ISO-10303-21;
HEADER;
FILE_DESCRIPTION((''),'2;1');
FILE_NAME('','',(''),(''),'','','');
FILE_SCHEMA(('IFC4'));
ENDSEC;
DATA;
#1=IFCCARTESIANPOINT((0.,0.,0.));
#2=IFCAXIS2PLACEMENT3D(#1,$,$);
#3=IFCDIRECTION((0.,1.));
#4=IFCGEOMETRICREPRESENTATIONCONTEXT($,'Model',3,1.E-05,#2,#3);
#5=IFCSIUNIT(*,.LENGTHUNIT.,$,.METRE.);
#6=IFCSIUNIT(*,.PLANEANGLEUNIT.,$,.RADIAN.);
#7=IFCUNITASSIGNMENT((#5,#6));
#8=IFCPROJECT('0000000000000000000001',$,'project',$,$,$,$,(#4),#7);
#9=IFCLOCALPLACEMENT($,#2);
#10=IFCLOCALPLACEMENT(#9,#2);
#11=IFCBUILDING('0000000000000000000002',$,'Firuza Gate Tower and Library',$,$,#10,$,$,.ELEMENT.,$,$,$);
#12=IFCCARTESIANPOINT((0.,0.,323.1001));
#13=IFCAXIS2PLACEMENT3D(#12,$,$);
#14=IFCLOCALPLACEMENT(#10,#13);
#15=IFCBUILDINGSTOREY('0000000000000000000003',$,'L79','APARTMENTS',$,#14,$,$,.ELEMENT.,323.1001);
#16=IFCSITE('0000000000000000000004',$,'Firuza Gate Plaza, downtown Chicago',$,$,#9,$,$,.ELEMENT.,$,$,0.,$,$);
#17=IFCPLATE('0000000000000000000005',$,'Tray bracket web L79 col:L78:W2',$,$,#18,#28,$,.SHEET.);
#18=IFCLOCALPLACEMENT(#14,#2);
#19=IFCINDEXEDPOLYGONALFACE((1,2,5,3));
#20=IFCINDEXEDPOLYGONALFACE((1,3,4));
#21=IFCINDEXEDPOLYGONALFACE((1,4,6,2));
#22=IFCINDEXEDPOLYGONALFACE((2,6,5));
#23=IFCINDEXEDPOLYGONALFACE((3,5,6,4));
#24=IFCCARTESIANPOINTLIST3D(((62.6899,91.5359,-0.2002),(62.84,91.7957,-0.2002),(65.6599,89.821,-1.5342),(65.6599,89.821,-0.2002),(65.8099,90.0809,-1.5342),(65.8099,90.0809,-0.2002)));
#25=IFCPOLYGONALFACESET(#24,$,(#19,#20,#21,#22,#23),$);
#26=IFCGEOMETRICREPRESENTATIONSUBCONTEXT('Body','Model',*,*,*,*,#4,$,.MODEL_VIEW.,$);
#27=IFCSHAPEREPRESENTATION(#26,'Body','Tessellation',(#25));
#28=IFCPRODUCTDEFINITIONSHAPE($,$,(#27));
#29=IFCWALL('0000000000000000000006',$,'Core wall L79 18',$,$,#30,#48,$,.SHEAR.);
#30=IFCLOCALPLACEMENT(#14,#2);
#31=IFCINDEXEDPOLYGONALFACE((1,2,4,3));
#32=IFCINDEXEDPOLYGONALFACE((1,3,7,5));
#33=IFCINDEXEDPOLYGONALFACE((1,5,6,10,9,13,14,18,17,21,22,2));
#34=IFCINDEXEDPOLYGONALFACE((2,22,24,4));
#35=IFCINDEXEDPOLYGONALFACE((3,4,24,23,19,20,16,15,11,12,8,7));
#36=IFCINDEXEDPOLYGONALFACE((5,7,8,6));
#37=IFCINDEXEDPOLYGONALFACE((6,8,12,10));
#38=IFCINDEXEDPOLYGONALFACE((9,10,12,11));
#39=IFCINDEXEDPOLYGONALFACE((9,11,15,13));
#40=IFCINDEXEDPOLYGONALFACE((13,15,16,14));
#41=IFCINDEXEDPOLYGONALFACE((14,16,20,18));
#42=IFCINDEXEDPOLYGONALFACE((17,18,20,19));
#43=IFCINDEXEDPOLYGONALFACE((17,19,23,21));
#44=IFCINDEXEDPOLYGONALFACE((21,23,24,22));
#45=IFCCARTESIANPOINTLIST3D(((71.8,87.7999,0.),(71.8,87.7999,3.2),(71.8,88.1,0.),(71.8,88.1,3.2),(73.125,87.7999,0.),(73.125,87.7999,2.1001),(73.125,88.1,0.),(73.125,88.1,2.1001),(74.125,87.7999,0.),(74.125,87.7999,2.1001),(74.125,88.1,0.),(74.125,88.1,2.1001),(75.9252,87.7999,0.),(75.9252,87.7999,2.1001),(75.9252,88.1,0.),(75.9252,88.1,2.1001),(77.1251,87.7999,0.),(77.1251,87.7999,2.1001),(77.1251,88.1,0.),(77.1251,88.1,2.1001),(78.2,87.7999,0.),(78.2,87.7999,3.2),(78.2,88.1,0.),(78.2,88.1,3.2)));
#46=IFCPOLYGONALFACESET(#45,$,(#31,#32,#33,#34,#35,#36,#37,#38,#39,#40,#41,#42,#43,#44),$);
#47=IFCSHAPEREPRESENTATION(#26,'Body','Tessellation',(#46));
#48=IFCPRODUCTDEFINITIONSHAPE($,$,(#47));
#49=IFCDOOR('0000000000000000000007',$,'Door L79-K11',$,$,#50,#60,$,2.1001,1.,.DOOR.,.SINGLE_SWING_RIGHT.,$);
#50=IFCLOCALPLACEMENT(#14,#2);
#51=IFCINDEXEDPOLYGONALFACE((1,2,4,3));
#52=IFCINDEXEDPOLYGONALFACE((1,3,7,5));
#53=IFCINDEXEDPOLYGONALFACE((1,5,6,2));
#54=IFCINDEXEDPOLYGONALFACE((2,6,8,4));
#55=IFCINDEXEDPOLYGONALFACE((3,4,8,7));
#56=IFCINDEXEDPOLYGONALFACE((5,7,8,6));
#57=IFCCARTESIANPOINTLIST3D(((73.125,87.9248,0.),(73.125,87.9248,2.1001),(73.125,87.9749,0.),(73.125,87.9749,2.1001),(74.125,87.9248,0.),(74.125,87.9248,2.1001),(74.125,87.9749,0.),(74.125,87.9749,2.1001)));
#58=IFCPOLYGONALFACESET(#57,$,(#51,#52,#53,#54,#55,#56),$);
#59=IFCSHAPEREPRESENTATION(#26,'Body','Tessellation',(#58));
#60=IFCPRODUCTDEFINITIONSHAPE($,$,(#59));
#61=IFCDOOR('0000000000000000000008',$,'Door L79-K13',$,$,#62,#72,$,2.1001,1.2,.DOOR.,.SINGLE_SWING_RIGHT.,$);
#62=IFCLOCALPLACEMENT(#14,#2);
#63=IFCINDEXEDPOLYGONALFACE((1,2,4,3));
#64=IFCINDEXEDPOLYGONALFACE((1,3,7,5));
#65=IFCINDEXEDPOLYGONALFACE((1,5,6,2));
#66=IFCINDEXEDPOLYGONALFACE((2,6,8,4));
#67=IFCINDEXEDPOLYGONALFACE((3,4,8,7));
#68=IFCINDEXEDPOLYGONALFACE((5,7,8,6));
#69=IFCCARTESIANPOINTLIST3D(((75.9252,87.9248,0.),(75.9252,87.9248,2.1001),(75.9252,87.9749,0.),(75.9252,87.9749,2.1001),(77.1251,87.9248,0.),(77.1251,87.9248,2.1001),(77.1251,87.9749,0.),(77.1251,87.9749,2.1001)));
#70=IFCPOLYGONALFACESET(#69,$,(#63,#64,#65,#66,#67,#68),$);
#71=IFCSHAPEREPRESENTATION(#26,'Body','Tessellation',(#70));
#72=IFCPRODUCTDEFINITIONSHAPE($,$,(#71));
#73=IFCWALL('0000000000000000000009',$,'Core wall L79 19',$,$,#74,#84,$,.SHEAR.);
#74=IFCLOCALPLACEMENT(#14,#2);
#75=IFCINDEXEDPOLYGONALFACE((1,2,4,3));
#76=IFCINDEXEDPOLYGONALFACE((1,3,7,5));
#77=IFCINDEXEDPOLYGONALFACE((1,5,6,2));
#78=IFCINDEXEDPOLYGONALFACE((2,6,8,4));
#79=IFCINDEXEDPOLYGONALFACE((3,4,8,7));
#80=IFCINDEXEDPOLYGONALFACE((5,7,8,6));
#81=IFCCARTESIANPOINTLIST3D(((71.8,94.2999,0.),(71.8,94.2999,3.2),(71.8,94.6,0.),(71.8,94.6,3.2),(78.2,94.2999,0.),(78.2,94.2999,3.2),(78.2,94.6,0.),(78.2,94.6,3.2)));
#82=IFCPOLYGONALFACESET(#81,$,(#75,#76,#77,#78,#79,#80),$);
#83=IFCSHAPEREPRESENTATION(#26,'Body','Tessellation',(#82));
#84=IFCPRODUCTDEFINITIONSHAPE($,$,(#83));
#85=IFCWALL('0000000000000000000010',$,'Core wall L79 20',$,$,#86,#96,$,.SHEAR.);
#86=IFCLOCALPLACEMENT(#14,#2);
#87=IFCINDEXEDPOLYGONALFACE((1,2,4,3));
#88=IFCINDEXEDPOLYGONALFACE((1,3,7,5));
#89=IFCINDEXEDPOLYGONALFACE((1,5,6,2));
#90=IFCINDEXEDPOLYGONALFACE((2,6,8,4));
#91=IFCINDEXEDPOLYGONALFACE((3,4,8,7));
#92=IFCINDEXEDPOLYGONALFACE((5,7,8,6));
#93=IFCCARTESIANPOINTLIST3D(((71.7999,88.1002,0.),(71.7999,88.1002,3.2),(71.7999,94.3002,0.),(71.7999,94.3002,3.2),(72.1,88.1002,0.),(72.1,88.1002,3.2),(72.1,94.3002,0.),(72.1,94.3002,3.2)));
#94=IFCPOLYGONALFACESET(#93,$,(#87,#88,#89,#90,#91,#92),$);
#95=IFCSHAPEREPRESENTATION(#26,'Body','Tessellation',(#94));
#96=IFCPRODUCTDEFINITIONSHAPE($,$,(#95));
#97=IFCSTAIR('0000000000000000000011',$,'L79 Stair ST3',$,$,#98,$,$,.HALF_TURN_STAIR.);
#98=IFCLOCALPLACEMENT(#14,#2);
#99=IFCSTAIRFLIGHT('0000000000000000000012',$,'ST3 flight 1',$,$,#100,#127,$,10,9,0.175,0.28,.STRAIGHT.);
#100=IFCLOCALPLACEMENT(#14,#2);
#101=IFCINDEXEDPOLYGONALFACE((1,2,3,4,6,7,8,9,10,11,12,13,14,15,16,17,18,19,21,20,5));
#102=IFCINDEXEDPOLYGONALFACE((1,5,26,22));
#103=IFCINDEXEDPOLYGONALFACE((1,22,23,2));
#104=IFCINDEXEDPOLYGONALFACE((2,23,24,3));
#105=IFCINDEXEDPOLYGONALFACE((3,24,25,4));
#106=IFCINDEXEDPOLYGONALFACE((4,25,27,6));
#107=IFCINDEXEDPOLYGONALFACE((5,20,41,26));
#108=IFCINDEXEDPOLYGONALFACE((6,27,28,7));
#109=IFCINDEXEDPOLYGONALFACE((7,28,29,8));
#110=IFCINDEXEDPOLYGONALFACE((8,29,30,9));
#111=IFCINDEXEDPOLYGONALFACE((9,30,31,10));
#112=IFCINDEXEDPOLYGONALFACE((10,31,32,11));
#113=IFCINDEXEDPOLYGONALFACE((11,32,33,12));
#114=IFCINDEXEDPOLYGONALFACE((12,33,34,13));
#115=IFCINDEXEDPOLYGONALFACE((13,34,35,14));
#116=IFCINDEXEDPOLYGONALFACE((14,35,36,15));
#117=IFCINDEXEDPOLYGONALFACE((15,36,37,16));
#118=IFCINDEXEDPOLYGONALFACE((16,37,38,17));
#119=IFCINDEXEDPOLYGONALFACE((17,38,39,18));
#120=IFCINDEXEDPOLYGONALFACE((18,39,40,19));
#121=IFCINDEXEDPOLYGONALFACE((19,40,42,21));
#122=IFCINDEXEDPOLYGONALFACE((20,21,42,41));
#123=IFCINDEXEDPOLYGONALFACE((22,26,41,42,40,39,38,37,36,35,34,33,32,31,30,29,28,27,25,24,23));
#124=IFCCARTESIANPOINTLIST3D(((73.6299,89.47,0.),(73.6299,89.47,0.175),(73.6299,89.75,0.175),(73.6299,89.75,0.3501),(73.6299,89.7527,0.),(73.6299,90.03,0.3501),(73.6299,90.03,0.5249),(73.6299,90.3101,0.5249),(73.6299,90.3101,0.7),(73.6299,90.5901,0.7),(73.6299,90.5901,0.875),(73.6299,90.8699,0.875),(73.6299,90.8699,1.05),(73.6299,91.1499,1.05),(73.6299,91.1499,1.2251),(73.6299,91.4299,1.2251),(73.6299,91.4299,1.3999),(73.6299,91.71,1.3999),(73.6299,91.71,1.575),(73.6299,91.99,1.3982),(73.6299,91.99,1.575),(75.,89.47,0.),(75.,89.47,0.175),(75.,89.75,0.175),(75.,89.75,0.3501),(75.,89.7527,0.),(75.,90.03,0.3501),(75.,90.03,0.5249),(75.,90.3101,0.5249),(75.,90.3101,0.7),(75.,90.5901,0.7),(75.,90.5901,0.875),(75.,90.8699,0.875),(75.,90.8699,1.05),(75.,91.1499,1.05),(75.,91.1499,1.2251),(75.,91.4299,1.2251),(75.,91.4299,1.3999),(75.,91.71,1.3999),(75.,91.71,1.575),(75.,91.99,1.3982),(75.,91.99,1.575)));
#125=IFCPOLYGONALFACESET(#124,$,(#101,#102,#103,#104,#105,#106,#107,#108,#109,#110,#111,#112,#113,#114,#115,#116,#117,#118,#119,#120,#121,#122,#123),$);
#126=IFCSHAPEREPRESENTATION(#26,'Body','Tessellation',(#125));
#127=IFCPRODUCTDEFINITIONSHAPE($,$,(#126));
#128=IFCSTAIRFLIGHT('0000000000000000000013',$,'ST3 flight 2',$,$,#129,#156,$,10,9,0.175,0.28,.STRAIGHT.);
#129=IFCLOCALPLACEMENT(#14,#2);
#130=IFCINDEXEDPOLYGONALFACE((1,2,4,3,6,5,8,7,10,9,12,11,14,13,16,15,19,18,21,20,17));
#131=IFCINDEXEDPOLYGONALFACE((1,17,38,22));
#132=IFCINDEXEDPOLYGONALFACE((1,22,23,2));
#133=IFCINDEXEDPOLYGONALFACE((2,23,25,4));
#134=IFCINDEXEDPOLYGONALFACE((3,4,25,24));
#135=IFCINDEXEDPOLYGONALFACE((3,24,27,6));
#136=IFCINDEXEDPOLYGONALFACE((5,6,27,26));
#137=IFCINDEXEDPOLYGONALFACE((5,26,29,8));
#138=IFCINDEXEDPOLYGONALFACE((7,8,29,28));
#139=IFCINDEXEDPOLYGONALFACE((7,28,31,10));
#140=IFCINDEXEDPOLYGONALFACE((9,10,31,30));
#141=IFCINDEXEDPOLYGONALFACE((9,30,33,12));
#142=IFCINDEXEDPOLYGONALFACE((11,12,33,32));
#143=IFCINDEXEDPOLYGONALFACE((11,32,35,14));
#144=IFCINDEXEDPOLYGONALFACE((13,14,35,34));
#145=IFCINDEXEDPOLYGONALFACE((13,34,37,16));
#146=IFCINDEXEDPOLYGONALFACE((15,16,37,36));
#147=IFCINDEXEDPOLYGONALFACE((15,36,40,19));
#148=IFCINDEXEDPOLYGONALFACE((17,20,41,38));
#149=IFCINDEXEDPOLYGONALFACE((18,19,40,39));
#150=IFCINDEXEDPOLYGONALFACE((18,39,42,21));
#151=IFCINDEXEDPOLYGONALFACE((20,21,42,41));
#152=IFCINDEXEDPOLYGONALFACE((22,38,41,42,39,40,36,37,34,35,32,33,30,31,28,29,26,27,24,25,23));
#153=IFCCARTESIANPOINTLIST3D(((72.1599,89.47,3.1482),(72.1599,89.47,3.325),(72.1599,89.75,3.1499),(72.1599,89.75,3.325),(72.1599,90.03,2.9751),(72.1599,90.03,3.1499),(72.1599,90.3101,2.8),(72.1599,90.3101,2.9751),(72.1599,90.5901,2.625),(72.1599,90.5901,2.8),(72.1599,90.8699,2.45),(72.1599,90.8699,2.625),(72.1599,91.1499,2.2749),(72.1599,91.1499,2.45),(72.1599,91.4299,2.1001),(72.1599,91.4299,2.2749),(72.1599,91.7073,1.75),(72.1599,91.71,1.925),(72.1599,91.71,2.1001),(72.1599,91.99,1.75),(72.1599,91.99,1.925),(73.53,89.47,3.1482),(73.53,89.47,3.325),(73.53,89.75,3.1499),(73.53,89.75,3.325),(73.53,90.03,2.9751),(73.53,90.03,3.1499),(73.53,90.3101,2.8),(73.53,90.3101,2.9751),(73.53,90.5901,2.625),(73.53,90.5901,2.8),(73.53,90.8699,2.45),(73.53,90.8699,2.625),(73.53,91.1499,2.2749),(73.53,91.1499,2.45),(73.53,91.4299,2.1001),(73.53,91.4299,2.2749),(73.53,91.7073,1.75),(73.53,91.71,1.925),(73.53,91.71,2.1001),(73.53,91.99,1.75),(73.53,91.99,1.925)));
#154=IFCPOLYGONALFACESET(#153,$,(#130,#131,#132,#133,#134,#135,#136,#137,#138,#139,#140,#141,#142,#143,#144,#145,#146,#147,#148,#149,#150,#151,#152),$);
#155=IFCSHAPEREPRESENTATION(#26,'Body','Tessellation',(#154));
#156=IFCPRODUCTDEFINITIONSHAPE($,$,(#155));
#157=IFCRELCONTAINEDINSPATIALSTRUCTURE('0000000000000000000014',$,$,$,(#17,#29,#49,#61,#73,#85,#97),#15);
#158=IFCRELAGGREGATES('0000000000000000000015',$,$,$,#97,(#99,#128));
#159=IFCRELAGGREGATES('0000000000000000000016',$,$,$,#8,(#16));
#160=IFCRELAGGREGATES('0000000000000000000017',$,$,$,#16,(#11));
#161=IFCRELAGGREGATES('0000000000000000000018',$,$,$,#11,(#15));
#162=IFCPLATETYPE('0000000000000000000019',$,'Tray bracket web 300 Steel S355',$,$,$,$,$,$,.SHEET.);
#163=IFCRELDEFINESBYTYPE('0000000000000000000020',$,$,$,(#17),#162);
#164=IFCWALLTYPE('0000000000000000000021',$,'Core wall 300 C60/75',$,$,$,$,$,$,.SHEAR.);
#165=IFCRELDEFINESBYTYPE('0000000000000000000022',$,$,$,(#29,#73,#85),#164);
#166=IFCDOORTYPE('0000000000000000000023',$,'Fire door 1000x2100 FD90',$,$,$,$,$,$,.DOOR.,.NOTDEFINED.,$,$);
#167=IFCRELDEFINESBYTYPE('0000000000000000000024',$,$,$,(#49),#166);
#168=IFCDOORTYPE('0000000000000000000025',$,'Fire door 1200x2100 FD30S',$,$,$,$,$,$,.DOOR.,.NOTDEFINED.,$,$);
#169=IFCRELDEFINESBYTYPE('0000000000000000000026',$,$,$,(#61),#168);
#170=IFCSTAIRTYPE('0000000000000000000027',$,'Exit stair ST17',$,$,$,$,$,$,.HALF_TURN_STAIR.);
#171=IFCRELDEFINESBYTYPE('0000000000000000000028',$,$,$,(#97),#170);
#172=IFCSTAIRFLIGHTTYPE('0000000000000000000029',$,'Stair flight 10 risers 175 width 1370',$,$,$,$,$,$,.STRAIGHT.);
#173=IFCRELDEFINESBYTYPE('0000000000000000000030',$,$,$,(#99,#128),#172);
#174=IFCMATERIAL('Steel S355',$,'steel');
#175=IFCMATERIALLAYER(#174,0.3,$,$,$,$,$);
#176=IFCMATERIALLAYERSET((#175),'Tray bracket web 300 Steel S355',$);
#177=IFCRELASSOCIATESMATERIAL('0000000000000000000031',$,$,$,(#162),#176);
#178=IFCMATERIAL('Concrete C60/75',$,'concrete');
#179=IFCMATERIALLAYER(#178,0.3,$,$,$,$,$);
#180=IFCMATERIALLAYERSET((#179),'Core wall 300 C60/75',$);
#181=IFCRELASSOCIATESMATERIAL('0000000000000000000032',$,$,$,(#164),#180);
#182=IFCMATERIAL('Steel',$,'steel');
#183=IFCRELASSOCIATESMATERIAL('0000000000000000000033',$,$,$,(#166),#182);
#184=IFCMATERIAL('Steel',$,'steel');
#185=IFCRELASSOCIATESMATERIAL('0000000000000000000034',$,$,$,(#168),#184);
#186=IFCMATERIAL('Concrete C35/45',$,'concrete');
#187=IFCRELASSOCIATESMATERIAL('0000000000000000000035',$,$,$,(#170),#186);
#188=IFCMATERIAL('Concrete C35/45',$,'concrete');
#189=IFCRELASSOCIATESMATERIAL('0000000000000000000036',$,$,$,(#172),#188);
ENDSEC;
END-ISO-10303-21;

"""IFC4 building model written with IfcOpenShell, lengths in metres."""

from ifc_helpers import new_model, si_unit, direction, frame, frame_2d, origin, place, context, subcontext, project, spatial, polyline, rectangle, outline, extrude, material, layer, layer_set, type_object, element, fill, aggregate, save


model = new_model("IFC4")

# Units and contexts
model_context = context("Model", 3, precision=1e-05, world=origin(), true_north=direction((0.0, 1.0)))
body_context = subcontext(model_context, "Body", "Model", "MODEL_VIEW")
ifc_project = project(units=[si_unit("LENGTHUNIT", "METRE"), si_unit("PLANEANGLEUNIT", "RADIAN")], contexts=[model_context])

# Site, building, storey
site_placement = place(None, origin())
site = spatial("IfcSite", under=ifc_project, at=site_placement, Name="Firuza Gate Plaza, downtown Chicago", CompositionType="ELEMENT", RefElevation=0.0)
building_placement = place(site_placement, origin())
building = spatial("IfcBuilding", under=site, at=building_placement, Name="Firuza Gate Tower and Library", CompositionType="ELEMENT")
storey_placement = place(building_placement, frame((0.0, 0.0, 323.1001)))
storey = spatial("IfcBuildingStorey", under=building, at=storey_placement, Name="L79", Description="APARTMENTS", CompositionType="ELEMENT", Elevation=323.1001)

# Shared definitions
placement = place(storey_placement, origin())

# Plate
ifc_material_1 = material(Name="Steel S355", Category="steel")
ifc_layer_1 = layer(ifc_material_1, 0.3)
ifc_layer_set_1 = layer_set([ifc_layer_1], Name="Tray bracket web 300 Steel S355")
plate_type_1 = type_object("IfcPlateType", Name="Tray bracket web 300 Steel S355", PredefinedType="SHEET", material=ifc_layer_set_1)
plate_1_placement = place(storey_placement, frame((65.6599, 89.821, -0.2002), z_axis=(-0.500029, -0.866009, 0.0), x_axis=(-0.866009, 0.500029, 0.0)))
element("IfcPlate", 1, at=plate_1_placement, inside=storey, type_object=plate_type_1, Name="Tray bracket web L79 col:L78:W2", PredefinedType="SHEET", context=body_context, shape_type="SweptSolid", body=[
    extrude(outline(polyline([(0.0, 0.0), (3.4295, 0.0), (0.0, 1.334), (0.0, 0.0)])), origin(), (0.0, 0.0, -1.0), 0.3),
])

# Wall, openings, doors
ifc_material_2 = material(Name="Concrete C60/75", Category="concrete")
ifc_layer_2 = layer(ifc_material_2, 0.3)
ifc_layer_set_2 = layer_set([ifc_layer_2], Name="Core wall 300 C60/75")
wall_type = type_object("IfcWallType", Name="Core wall 300 C60/75", PredefinedType="SHEAR", material=ifc_layer_set_2)
wall_1_placement = place(storey_placement, frame((71.8, 87.95, 0.0), z_axis=(0.0, 0.0, 1.0), x_axis=(1.0, 0.0, 0.0)))
wall_1 = element("IfcWall", 2, at=wall_1_placement, inside=storey, type_object=wall_type, Name="Core wall L79 18", PredefinedType="SHEAR", context=body_context, shape_type="SweptSolid", body=[
    extrude(rectangle(XDim=6.3999, YDim=0.3, at=frame_2d((3.2, 0.0))), origin(), (0.0, 0.0, 1.0), 3.2),
])
opening_1_placement = place(wall_1_placement, frame((1.325, 0.0, 0.0)))
opening_1 = element("IfcOpeningElement", 3, at=opening_1_placement, cuts=wall_1, PredefinedType="OPENING", context=body_context, shape_type="SweptSolid", body=[
    extrude(rectangle(XDim=1.0, YDim=2.1001, at=frame_2d((0.5, 1.05))), frame((0.0, 0.1602, 0.0), z_axis=(0.0, -1.0, 0.0), x_axis=(1.0, 0.0, 0.0)), (0.0, 0.0, 1.0), 0.3201),
])
opening_2_placement = place(wall_1_placement, frame((4.125, 0.0, 0.0)))
opening_2 = element("IfcOpeningElement", 4, at=opening_2_placement, cuts=wall_1, PredefinedType="OPENING", context=body_context, shape_type="SweptSolid", body=[
    extrude(rectangle(XDim=1.2, YDim=2.1001, at=frame_2d((0.6001, 1.05))), frame((0.0, 0.1602, 0.0), z_axis=(0.0, -1.0, 0.0), x_axis=(1.0, 0.0, 0.0)), (0.0, 0.0, 1.0), 0.3201),
])
ifc_material_3 = material(Name="Steel", Category="steel")
door_type_1 = type_object("IfcDoorType", Name="Fire door 1000x2100 FD90", OperationType="NOTDEFINED", PredefinedType="DOOR", material=ifc_material_3)
door_1_placement = place(opening_1_placement, origin())
door_1 = element("IfcDoor", 5, at=door_1_placement, inside=storey, type_object=door_type_1, Name="Door L79-K11", OperationType="SINGLE_SWING_RIGHT", OverallHeight=2.1001, OverallWidth=1.0, PredefinedType="DOOR", context=body_context, shape_type="SweptSolid", body=[
    extrude(rectangle(XDim=1.0, YDim=2.1001, at=frame_2d((0.5, 1.05))), frame((0.0, 0.0249, 0.0), z_axis=(0.0, -1.0, 0.0), x_axis=(1.0, 0.0, 0.0)), (0.0, 0.0, 1.0), 0.05),
])
fill(opening_1, door_1)
ifc_material_4 = material(Name="Steel", Category="steel")
door_type_2 = type_object("IfcDoorType", Name="Fire door 1200x2100 FD30S", OperationType="NOTDEFINED", PredefinedType="DOOR", material=ifc_material_4)
door_2_placement = place(opening_2_placement, origin())
door_2 = element("IfcDoor", 6, at=door_2_placement, inside=storey, type_object=door_type_2, Name="Door L79-K13", OperationType="SINGLE_SWING_RIGHT", OverallHeight=2.1001, OverallWidth=1.2, PredefinedType="DOOR", context=body_context, shape_type="SweptSolid", body=[
    extrude(rectangle(XDim=1.2, YDim=2.1001, at=frame_2d((0.6001, 1.05))), frame((0.0, 0.0249, 0.0), z_axis=(0.0, -1.0, 0.0), x_axis=(1.0, 0.0, 0.0)), (0.0, 0.0, 1.0), 0.05),
])
fill(opening_2, door_2)

# Walls
wall_2_placement = place(storey_placement, frame((71.8, 94.45, 0.0), z_axis=(0.0, 0.0, 1.0), x_axis=(1.0, 0.0, 0.0)))
element("IfcWall", 7, at=wall_2_placement, inside=storey, type_object=wall_type, Name="Core wall L79 19", PredefinedType="SHEAR", context=body_context, shape_type="SweptSolid", body=[
    extrude(rectangle(XDim=6.3999, YDim=0.3, at=frame_2d((3.2, 0.0))), origin(), (0.0, 0.0, 1.0), 3.2),
])
wall_3_placement = place(storey_placement, frame((71.95, 88.1001, 0.0), z_axis=(0.0, 0.0, 1.0), x_axis=(0.0, 1.0, 0.0)))
element("IfcWall", 8, at=wall_3_placement, inside=storey, type_object=wall_type, Name="Core wall L79 20", PredefinedType="SHEAR", context=body_context, shape_type="SweptSolid", body=[
    extrude(rectangle(XDim=6.2, YDim=0.3, at=frame_2d((3.1001, 0.0))), origin(), (0.0, 0.0, 1.0), 3.2),
])

# Stair, stair flights
ifc_material_5 = material(Name="Concrete C35/45", Category="concrete")
stair_type = type_object("IfcStairType", Name="Exit stair ST17", PredefinedType="HALF_TURN_STAIR", material=ifc_material_5)
stair = element("IfcStair", 9, at=placement, inside=storey, type_object=stair_type, Name="L79 Stair ST3", PredefinedType="HALF_TURN_STAIR")
ifc_material_6 = material(Name="Concrete C35/45", Category="concrete")
stair_flight_type = type_object("IfcStairFlightType", Name="Stair flight 10 risers 175 width 1370", PredefinedType="STRAIGHT", material=ifc_material_6)
stair_flight_1_placement = place(storey_placement, frame((74.3149, 89.47, 0.0), z_axis=(0.0, 0.0, 1.0), x_axis=(0.0, 1.0, 0.0)))
stair_flight_1 = element("IfcStairFlight", 10, at=stair_flight_1_placement, type_object=stair_flight_type, Name="ST3 flight 1", NumberOfRisers=10, NumberOfTreads=9, PredefinedType="STRAIGHT", RiserHeight=0.175, TreadLength=0.28, context=body_context, shape_type="SweptSolid", body=[
    extrude(outline(polyline([(0.0, 0.0), (0.0, 0.175), (0.28, 0.175), (0.28, 0.3501), (0.5601, 0.3501), (0.5601, 0.5249), (0.8401, 0.5249), (0.8401, 0.7), (1.1201, 0.7), (1.1201, 0.875), (1.3999, 0.875), (1.3999, 1.05), (1.6799, 1.05), (1.6799, 1.2251), (1.96, 1.2251), (1.96, 1.3999), (2.24, 1.3999), (2.24, 1.575), (2.52, 1.575), (2.52, 1.75), (2.52, 1.3982), (0.2827, 0.0), (0.0, 0.0)])), frame((0.0, 0.6851, 0.0), z_axis=(0.0, -1.0, 0.0), x_axis=(1.0, 0.0, 0.0)), (0.0, 0.0, 1.0), 1.3701),
])
stair_flight_2_placement = place(storey_placement, frame((72.845, 91.99, 1.75), z_axis=(0.0, 0.0, 1.0), x_axis=(0.0, -1.0, 0.0)))
stair_flight_2 = element("IfcStairFlight", 11, at=stair_flight_2_placement, type_object=stair_flight_type, Name="ST3 flight 2", NumberOfRisers=10, NumberOfTreads=9, PredefinedType="STRAIGHT", RiserHeight=0.175, TreadLength=0.28, context=body_context, shape_type="SweptSolid", body=[
    extrude(outline(polyline([(0.0, 0.0), (0.0, 0.175), (0.28, 0.175), (0.28, 0.3501), (0.5601, 0.3501), (0.5601, 0.5249), (0.8401, 0.5249), (0.8401, 0.7), (1.1201, 0.7), (1.1201, 0.875), (1.3999, 0.875), (1.3999, 1.05), (1.6799, 1.05), (1.6799, 1.2251), (1.96, 1.2251), (1.96, 1.3999), (2.24, 1.3999), (2.24, 1.575), (2.52, 1.575), (2.52, 1.75), (2.52, 1.3982), (0.2827, 0.0), (0.0, 0.0)])), frame((0.0, 0.6851, 0.0), z_axis=(0.0, -1.0, 0.0), x_axis=(1.0, 0.0, 0.0)), (0.0, 0.0, 1.0), 1.3701),
])
aggregate(stair, [stair_flight_1, stair_flight_2])

save(model, "model.ifc")
